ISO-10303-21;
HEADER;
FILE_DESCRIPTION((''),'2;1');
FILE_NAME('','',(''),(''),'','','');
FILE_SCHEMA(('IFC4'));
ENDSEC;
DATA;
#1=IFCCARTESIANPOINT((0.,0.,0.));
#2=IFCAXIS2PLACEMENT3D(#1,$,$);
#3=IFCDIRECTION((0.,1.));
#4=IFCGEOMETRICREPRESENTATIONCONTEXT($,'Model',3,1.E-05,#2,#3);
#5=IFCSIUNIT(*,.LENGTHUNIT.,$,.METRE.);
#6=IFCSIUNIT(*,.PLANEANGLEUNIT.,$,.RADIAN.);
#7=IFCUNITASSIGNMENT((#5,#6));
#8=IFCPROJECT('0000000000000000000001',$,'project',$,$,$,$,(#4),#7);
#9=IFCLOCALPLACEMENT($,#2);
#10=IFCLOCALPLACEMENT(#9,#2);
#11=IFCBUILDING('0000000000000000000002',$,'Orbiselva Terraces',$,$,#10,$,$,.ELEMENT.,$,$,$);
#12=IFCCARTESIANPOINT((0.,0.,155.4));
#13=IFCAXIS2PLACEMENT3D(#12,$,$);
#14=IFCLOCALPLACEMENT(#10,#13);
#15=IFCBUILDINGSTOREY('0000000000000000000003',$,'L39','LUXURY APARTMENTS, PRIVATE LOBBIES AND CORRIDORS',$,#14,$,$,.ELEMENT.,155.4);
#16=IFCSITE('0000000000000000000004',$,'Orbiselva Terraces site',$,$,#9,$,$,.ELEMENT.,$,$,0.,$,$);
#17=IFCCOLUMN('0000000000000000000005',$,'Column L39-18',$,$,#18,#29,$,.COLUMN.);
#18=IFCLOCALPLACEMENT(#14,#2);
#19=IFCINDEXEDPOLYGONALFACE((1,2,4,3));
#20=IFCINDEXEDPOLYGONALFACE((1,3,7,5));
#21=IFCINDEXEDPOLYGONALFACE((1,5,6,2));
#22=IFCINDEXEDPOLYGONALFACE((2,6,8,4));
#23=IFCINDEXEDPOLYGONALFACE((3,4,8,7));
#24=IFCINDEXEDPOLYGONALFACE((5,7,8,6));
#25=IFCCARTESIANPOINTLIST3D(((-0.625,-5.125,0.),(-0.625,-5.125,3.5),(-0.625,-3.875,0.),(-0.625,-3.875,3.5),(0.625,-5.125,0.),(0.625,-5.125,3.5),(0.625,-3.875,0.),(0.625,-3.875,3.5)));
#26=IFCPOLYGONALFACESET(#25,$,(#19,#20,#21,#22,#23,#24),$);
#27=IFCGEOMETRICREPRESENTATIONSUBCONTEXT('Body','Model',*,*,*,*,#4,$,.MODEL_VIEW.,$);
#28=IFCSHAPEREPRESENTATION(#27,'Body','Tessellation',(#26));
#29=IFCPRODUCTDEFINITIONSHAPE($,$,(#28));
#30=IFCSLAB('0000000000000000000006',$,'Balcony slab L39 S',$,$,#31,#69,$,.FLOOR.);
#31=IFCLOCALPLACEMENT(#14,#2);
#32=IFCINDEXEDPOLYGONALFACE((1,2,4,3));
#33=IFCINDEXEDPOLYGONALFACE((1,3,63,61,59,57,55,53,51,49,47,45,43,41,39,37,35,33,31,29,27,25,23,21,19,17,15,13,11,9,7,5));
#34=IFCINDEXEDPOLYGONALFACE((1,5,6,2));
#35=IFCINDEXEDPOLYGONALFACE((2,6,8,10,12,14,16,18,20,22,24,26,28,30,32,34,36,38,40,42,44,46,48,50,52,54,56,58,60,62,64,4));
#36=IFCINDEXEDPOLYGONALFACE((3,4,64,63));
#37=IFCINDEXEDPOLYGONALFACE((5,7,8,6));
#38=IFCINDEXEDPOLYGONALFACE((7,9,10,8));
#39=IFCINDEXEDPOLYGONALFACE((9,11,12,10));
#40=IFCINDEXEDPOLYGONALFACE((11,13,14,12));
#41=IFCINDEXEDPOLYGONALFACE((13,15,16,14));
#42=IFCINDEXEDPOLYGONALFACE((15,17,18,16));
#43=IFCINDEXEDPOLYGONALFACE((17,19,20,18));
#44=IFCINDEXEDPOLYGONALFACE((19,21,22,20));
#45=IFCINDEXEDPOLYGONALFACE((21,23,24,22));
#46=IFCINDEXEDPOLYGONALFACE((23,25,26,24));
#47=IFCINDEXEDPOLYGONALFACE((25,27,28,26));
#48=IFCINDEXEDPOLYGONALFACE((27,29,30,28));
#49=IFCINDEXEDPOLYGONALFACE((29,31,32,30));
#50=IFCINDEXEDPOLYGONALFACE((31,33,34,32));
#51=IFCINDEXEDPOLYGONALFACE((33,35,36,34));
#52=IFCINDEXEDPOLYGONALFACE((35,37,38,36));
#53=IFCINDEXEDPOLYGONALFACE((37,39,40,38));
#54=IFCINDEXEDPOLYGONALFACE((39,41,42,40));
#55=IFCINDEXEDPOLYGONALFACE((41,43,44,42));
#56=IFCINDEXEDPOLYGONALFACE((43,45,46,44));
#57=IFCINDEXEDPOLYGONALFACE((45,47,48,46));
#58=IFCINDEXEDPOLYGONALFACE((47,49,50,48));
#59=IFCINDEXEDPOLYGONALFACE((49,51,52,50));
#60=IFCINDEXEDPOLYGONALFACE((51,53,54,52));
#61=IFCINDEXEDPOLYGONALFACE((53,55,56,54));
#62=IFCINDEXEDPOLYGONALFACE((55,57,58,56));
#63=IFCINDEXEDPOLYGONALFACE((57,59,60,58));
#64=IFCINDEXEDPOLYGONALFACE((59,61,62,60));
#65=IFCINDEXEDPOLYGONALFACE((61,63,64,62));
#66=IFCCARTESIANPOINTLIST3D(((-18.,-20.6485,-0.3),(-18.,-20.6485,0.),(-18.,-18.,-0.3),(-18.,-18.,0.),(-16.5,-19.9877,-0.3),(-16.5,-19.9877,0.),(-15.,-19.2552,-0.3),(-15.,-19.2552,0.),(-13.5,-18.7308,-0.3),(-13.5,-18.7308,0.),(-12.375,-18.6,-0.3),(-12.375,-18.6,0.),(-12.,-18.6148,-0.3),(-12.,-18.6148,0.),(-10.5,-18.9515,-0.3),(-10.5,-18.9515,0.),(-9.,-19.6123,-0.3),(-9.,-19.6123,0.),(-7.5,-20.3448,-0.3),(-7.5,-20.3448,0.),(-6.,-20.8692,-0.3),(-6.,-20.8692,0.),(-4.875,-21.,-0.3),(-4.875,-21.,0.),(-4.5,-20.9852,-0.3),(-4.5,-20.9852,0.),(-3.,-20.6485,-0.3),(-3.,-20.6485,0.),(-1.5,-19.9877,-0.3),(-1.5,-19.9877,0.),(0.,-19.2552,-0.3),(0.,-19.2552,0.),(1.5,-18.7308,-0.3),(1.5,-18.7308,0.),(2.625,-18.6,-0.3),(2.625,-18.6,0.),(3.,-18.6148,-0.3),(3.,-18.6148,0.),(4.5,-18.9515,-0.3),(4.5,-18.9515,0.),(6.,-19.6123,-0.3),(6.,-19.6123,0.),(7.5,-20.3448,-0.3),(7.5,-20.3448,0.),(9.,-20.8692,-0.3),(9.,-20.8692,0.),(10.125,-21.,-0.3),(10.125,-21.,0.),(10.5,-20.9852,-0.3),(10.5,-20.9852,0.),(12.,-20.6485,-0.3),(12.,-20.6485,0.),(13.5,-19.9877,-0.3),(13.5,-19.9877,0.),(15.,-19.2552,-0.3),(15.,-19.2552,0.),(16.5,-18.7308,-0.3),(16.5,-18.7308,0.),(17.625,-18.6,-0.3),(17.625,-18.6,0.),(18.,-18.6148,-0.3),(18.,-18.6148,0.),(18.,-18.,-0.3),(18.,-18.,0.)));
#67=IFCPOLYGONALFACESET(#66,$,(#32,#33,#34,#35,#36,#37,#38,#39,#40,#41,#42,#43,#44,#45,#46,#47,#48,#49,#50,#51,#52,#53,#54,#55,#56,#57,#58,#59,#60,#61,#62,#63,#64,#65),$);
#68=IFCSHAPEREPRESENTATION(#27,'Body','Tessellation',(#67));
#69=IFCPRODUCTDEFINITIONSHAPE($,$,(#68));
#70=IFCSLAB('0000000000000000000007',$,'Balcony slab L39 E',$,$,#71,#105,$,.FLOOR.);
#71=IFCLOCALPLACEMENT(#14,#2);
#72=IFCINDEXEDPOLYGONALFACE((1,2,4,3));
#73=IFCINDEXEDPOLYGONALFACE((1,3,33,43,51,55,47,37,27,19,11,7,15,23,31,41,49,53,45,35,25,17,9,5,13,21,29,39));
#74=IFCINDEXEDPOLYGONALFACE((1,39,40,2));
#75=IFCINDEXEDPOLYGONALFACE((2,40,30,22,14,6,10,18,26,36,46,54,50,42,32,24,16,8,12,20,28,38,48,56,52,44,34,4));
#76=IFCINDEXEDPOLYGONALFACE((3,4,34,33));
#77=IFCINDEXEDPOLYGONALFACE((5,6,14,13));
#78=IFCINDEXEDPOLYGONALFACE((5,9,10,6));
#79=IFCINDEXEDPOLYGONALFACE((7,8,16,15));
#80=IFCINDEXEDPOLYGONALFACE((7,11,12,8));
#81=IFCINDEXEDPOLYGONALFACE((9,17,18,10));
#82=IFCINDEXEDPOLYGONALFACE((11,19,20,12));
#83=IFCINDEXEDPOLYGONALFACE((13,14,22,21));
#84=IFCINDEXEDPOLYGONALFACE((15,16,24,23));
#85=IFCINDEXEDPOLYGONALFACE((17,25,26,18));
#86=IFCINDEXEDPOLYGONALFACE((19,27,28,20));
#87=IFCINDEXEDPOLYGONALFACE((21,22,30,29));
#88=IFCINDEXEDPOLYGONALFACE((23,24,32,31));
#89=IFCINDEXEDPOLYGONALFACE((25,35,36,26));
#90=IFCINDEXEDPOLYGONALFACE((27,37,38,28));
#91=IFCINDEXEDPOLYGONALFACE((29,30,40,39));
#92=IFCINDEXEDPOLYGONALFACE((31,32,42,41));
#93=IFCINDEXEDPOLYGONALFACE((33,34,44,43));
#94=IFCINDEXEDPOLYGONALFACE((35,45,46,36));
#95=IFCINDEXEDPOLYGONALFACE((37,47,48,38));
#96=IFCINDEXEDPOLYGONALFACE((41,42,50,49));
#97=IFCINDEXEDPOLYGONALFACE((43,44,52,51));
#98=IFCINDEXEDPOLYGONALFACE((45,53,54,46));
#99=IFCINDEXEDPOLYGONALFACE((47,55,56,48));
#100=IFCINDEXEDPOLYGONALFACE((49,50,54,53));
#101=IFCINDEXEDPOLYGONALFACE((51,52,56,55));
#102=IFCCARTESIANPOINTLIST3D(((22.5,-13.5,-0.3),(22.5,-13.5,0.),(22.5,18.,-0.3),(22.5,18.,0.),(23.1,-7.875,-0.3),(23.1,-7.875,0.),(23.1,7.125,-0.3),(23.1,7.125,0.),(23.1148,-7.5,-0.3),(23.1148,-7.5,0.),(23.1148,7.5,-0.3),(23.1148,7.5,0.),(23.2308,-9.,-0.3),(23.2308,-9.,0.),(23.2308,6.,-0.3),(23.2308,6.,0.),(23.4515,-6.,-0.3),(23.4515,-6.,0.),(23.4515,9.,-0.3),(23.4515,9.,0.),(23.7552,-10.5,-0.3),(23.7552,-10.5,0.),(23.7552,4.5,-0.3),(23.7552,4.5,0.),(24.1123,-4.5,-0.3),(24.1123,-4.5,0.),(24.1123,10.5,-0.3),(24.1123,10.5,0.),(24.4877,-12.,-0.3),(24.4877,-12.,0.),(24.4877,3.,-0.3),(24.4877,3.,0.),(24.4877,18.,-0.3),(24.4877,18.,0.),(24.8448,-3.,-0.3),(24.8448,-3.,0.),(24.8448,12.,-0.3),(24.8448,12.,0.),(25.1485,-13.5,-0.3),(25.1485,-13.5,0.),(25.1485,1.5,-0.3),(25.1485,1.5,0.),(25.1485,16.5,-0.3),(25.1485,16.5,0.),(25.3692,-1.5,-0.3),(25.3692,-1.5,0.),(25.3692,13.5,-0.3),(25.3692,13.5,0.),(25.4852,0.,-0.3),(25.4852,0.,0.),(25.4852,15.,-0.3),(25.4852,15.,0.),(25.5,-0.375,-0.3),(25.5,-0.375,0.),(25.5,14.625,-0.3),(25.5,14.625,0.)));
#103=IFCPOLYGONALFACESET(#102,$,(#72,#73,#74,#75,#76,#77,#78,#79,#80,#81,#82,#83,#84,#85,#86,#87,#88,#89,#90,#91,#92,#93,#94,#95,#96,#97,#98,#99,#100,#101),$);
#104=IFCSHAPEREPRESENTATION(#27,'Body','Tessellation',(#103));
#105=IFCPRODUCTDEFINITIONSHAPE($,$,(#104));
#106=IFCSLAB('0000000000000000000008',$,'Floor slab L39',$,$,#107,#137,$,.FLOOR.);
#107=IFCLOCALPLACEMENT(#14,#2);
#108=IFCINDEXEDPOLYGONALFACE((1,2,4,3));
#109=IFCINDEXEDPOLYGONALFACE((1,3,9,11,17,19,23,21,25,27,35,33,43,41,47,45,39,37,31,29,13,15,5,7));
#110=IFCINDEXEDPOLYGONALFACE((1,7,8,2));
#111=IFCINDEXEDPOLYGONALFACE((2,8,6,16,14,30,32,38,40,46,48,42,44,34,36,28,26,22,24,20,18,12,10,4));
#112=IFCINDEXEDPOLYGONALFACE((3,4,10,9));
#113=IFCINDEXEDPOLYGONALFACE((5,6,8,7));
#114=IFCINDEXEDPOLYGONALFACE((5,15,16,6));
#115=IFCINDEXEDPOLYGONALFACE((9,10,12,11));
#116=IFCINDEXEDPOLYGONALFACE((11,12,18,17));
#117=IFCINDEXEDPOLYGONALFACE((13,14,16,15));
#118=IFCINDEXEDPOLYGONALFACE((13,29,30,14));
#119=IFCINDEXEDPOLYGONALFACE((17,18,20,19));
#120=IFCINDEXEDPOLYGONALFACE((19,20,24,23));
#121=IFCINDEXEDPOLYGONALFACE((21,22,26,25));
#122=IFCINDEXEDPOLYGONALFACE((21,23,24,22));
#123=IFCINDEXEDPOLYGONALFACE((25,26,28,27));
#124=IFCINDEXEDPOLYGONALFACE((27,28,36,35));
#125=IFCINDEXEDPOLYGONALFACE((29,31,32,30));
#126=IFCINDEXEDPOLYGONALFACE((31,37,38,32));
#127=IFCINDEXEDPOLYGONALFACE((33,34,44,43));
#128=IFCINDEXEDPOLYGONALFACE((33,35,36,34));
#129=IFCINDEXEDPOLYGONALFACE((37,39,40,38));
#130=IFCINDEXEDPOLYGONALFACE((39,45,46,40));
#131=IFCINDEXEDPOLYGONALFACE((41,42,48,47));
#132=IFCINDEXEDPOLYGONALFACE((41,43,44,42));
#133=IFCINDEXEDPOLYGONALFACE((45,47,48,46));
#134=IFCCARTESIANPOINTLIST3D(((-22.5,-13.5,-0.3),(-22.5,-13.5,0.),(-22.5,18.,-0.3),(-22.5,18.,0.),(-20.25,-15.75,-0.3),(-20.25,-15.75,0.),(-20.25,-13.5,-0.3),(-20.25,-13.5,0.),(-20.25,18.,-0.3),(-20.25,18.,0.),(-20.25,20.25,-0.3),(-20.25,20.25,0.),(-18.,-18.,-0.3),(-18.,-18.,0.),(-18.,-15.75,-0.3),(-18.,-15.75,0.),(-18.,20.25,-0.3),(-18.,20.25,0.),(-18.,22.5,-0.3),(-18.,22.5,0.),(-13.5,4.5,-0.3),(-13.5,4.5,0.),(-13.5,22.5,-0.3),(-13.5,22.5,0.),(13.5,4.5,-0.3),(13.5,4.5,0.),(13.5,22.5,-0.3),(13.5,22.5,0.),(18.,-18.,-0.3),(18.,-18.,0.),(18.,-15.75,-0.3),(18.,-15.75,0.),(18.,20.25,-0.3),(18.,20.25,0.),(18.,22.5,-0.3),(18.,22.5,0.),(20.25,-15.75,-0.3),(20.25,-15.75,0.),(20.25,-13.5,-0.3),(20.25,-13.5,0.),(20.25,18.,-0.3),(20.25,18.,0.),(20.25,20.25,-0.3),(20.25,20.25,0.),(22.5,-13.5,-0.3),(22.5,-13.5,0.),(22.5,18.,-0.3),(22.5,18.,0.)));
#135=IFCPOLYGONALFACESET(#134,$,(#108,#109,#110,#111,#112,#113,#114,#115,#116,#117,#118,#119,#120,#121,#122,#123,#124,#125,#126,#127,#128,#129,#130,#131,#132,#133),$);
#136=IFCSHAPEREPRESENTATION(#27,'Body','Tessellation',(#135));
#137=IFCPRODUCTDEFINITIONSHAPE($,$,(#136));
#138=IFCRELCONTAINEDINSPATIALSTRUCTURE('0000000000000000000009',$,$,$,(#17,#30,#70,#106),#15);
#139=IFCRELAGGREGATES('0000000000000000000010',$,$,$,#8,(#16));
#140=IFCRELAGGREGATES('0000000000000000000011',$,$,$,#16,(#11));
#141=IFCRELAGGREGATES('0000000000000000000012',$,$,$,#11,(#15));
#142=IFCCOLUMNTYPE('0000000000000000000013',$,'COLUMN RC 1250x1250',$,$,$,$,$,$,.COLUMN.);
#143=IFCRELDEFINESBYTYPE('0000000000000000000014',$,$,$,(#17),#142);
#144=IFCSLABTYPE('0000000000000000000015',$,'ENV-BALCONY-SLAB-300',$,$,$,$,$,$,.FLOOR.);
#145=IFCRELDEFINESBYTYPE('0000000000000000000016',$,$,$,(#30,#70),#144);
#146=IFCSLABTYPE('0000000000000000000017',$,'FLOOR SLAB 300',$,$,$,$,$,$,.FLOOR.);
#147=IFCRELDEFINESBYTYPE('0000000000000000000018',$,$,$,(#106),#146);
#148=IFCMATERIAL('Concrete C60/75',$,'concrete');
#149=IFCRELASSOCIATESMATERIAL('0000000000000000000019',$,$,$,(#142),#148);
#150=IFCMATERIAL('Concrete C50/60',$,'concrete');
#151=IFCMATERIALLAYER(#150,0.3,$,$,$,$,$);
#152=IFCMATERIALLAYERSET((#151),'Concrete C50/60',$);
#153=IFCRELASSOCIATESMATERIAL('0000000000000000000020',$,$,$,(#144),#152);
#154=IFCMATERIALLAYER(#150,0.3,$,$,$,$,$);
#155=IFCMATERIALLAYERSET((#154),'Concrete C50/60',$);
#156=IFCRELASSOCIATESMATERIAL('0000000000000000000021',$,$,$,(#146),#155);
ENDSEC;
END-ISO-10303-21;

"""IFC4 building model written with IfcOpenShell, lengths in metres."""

from ifc_helpers import new_model, si_unit, direction, frame, origin, origin_2d, place, context, subcontext, project, spatial, polyline, rectangle, outline, extrude, material, layer, layer_set, material_profile, profile_set, type_object, element, save


model = new_model("IFC4")

# Units and contexts
model_context = context("Model", 3, precision=1e-05, world=origin(), true_north=direction((0.0, 1.0)))
body_context = subcontext(model_context, "Body", "Model", "MODEL_VIEW")
ifc_project = project(units=[si_unit("LENGTHUNIT", "METRE"), si_unit("PLANEANGLEUNIT", "RADIAN")], contexts=[model_context])

# Site, building, storey
site_placement = place(None, origin())
site = spatial("IfcSite", under=ifc_project, at=site_placement, Name="Orbiselva Terraces site", CompositionType="ELEMENT", RefElevation=0.0)
building_placement = place(site_placement, origin())
building = spatial("IfcBuilding", under=site, at=building_placement, Name="Orbiselva Terraces", CompositionType="ELEMENT")
storey_placement = place(building_placement, frame((0.0, 0.0, 155.4)))
storey = spatial("IfcBuildingStorey", under=building, at=storey_placement, Name="L39", Description="LUXURY APARTMENTS, PRIVATE LOBBIES AND CORRIDORS", CompositionType="ELEMENT", Elevation=155.4)

# Column
ifc_material_1 = material(Name="Concrete C60/75", Category="concrete")
ifc_material_profile = material_profile(ifc_material_1, rectangle(XDim=1.25, YDim=1.25, at=origin_2d()), Name="RC 1250x1250")
ifc_profile_set = profile_set([ifc_material_profile], Name="Concrete C60/75")
column_type = type_object("IfcColumnType", Name="COLUMN RC 1250x1250", PredefinedType="COLUMN", material=ifc_profile_set)
column_placement = place(storey_placement, frame((0.0, -4.5, 0.0), z_axis=(0.0, 0.0, 1.0), x_axis=(1.0, 0.0, 0.0)))
element("IfcColumn", 1, at=column_placement, inside=storey, type_object=column_type, Name="Column L39-18", PredefinedType="COLUMN", context=body_context, shape_type="SweptSolid", body=[
    extrude(rectangle(XDim=1.25, YDim=1.25, at=origin_2d()), origin(), (0.0, 0.0, 1.0), 3.5),
])

# Slabs
ifc_material_2 = material(Name="Concrete C50/60", Category="concrete")
ifc_layer_1 = layer(ifc_material_2, 0.3)
ifc_layer_set_1 = layer_set([ifc_layer_1], Name="Concrete C50/60")
slab_type_1 = type_object("IfcSlabType", Name="ENV-BALCONY-SLAB-300", PredefinedType="FLOOR", material=ifc_layer_set_1)
slab_1_placement = place(storey_placement, frame((0.0, 0.0, -0.3)))
element("IfcSlab", 2, at=slab_1_placement, inside=storey, type_object=slab_type_1, Name="Balcony slab L39 S", PredefinedType="FLOOR", context=body_context, shape_type="SweptSolid", body=[
    extrude(outline(polyline([(-18.0, -20.6485), (-16.5, -19.9877), (-15.0, -19.2552), (-13.5, -18.7308), (-12.375, -18.6), (-12.0, -18.6148), (-10.5, -18.9515), (-9.0, -19.6123), (-7.5, -20.3448), (-6.0, -20.8692), (-4.875, -21.0), (-4.5, -20.9852), (-3.0, -20.6485), (-1.5, -19.9877), (0.0, -19.2552), (1.5, -18.7308), (2.625, -18.6), (3.0, -18.6148), (4.5, -18.9515), (6.0, -19.6123), (7.5, -20.3448), (9.0, -20.8692), (10.125, -21.0), (10.5, -20.9852), (12.0, -20.6485), (13.5, -19.9877), (15.0, -19.2552), (16.5, -18.7308), (17.625, -18.6), (18.0, -18.6148), (18.0, -18.0), (-18.0, -18.0), (-18.0, -20.6485)])), origin(), (0.0, 0.0, 1.0), 0.3),
])
slab_2_placement = place(storey_placement, frame((0.0, 0.0, -0.3)))
element("IfcSlab", 3, at=slab_2_placement, inside=storey, type_object=slab_type_1, Name="Balcony slab L39 E", PredefinedType="FLOOR", context=body_context, shape_type="SweptSolid", body=[
    extrude(outline(polyline([(25.1485, -13.5), (24.4877, -12.0), (23.7552, -10.5), (23.2308, -9.0), (23.1, -7.875), (23.1148, -7.5), (23.4515, -6.0), (24.1123, -4.5), (24.8448, -3.0), (25.3692, -1.5), (25.5, -0.375), (25.4852, 0.0), (25.1485, 1.5), (24.4877, 3.0), (23.7552, 4.5), (23.2308, 6.0), (23.1, 7.125), (23.1148, 7.5), (23.4515, 9.0), (24.1123, 10.5), (24.8448, 12.0), (25.3692, 13.5), (25.5, 14.625), (25.4852, 15.0), (25.1485, 16.5), (24.4877, 18.0), (22.5, 18.0), (22.5, -13.5), (25.1485, -13.5)])), origin(), (0.0, 0.0, 1.0), 0.3),
])
ifc_layer_2 = layer(ifc_material_2, 0.3)
ifc_layer_set_2 = layer_set([ifc_layer_2], Name="Concrete C50/60")
slab_type_2 = type_object("IfcSlabType", Name="FLOOR SLAB 300", PredefinedType="FLOOR", material=ifc_layer_set_2)
slab_3_placement = place(storey_placement, frame((0.0, 0.0, -0.3)))
element("IfcSlab", 4, at=slab_3_placement, inside=storey, type_object=slab_type_2, Name="Floor slab L39", PredefinedType="FLOOR", context=body_context, shape_type="SweptSolid", body=[
    extrude(outline(polyline([(18.0, 22.5), (18.0, 20.25), (20.25, 20.25), (20.25, 18.0), (22.5, 18.0), (22.5, -13.5), (20.25, -13.5), (20.25, -15.75), (18.0, -15.75), (18.0, -18.0), (-18.0, -18.0), (-18.0, -15.75), (-20.25, -15.75), (-20.25, -13.5), (-22.5, -13.5), (-22.5, 18.0), (-20.25, 18.0), (-20.25, 20.25), (-18.0, 20.25), (-18.0, 22.5), (-13.5, 22.5), (-13.5, 4.5), (13.5, 4.5), (13.5, 22.5), (18.0, 22.5)])), origin(), (0.0, 0.0, 1.0), 0.3),
])

save(model, "model.ifc")
